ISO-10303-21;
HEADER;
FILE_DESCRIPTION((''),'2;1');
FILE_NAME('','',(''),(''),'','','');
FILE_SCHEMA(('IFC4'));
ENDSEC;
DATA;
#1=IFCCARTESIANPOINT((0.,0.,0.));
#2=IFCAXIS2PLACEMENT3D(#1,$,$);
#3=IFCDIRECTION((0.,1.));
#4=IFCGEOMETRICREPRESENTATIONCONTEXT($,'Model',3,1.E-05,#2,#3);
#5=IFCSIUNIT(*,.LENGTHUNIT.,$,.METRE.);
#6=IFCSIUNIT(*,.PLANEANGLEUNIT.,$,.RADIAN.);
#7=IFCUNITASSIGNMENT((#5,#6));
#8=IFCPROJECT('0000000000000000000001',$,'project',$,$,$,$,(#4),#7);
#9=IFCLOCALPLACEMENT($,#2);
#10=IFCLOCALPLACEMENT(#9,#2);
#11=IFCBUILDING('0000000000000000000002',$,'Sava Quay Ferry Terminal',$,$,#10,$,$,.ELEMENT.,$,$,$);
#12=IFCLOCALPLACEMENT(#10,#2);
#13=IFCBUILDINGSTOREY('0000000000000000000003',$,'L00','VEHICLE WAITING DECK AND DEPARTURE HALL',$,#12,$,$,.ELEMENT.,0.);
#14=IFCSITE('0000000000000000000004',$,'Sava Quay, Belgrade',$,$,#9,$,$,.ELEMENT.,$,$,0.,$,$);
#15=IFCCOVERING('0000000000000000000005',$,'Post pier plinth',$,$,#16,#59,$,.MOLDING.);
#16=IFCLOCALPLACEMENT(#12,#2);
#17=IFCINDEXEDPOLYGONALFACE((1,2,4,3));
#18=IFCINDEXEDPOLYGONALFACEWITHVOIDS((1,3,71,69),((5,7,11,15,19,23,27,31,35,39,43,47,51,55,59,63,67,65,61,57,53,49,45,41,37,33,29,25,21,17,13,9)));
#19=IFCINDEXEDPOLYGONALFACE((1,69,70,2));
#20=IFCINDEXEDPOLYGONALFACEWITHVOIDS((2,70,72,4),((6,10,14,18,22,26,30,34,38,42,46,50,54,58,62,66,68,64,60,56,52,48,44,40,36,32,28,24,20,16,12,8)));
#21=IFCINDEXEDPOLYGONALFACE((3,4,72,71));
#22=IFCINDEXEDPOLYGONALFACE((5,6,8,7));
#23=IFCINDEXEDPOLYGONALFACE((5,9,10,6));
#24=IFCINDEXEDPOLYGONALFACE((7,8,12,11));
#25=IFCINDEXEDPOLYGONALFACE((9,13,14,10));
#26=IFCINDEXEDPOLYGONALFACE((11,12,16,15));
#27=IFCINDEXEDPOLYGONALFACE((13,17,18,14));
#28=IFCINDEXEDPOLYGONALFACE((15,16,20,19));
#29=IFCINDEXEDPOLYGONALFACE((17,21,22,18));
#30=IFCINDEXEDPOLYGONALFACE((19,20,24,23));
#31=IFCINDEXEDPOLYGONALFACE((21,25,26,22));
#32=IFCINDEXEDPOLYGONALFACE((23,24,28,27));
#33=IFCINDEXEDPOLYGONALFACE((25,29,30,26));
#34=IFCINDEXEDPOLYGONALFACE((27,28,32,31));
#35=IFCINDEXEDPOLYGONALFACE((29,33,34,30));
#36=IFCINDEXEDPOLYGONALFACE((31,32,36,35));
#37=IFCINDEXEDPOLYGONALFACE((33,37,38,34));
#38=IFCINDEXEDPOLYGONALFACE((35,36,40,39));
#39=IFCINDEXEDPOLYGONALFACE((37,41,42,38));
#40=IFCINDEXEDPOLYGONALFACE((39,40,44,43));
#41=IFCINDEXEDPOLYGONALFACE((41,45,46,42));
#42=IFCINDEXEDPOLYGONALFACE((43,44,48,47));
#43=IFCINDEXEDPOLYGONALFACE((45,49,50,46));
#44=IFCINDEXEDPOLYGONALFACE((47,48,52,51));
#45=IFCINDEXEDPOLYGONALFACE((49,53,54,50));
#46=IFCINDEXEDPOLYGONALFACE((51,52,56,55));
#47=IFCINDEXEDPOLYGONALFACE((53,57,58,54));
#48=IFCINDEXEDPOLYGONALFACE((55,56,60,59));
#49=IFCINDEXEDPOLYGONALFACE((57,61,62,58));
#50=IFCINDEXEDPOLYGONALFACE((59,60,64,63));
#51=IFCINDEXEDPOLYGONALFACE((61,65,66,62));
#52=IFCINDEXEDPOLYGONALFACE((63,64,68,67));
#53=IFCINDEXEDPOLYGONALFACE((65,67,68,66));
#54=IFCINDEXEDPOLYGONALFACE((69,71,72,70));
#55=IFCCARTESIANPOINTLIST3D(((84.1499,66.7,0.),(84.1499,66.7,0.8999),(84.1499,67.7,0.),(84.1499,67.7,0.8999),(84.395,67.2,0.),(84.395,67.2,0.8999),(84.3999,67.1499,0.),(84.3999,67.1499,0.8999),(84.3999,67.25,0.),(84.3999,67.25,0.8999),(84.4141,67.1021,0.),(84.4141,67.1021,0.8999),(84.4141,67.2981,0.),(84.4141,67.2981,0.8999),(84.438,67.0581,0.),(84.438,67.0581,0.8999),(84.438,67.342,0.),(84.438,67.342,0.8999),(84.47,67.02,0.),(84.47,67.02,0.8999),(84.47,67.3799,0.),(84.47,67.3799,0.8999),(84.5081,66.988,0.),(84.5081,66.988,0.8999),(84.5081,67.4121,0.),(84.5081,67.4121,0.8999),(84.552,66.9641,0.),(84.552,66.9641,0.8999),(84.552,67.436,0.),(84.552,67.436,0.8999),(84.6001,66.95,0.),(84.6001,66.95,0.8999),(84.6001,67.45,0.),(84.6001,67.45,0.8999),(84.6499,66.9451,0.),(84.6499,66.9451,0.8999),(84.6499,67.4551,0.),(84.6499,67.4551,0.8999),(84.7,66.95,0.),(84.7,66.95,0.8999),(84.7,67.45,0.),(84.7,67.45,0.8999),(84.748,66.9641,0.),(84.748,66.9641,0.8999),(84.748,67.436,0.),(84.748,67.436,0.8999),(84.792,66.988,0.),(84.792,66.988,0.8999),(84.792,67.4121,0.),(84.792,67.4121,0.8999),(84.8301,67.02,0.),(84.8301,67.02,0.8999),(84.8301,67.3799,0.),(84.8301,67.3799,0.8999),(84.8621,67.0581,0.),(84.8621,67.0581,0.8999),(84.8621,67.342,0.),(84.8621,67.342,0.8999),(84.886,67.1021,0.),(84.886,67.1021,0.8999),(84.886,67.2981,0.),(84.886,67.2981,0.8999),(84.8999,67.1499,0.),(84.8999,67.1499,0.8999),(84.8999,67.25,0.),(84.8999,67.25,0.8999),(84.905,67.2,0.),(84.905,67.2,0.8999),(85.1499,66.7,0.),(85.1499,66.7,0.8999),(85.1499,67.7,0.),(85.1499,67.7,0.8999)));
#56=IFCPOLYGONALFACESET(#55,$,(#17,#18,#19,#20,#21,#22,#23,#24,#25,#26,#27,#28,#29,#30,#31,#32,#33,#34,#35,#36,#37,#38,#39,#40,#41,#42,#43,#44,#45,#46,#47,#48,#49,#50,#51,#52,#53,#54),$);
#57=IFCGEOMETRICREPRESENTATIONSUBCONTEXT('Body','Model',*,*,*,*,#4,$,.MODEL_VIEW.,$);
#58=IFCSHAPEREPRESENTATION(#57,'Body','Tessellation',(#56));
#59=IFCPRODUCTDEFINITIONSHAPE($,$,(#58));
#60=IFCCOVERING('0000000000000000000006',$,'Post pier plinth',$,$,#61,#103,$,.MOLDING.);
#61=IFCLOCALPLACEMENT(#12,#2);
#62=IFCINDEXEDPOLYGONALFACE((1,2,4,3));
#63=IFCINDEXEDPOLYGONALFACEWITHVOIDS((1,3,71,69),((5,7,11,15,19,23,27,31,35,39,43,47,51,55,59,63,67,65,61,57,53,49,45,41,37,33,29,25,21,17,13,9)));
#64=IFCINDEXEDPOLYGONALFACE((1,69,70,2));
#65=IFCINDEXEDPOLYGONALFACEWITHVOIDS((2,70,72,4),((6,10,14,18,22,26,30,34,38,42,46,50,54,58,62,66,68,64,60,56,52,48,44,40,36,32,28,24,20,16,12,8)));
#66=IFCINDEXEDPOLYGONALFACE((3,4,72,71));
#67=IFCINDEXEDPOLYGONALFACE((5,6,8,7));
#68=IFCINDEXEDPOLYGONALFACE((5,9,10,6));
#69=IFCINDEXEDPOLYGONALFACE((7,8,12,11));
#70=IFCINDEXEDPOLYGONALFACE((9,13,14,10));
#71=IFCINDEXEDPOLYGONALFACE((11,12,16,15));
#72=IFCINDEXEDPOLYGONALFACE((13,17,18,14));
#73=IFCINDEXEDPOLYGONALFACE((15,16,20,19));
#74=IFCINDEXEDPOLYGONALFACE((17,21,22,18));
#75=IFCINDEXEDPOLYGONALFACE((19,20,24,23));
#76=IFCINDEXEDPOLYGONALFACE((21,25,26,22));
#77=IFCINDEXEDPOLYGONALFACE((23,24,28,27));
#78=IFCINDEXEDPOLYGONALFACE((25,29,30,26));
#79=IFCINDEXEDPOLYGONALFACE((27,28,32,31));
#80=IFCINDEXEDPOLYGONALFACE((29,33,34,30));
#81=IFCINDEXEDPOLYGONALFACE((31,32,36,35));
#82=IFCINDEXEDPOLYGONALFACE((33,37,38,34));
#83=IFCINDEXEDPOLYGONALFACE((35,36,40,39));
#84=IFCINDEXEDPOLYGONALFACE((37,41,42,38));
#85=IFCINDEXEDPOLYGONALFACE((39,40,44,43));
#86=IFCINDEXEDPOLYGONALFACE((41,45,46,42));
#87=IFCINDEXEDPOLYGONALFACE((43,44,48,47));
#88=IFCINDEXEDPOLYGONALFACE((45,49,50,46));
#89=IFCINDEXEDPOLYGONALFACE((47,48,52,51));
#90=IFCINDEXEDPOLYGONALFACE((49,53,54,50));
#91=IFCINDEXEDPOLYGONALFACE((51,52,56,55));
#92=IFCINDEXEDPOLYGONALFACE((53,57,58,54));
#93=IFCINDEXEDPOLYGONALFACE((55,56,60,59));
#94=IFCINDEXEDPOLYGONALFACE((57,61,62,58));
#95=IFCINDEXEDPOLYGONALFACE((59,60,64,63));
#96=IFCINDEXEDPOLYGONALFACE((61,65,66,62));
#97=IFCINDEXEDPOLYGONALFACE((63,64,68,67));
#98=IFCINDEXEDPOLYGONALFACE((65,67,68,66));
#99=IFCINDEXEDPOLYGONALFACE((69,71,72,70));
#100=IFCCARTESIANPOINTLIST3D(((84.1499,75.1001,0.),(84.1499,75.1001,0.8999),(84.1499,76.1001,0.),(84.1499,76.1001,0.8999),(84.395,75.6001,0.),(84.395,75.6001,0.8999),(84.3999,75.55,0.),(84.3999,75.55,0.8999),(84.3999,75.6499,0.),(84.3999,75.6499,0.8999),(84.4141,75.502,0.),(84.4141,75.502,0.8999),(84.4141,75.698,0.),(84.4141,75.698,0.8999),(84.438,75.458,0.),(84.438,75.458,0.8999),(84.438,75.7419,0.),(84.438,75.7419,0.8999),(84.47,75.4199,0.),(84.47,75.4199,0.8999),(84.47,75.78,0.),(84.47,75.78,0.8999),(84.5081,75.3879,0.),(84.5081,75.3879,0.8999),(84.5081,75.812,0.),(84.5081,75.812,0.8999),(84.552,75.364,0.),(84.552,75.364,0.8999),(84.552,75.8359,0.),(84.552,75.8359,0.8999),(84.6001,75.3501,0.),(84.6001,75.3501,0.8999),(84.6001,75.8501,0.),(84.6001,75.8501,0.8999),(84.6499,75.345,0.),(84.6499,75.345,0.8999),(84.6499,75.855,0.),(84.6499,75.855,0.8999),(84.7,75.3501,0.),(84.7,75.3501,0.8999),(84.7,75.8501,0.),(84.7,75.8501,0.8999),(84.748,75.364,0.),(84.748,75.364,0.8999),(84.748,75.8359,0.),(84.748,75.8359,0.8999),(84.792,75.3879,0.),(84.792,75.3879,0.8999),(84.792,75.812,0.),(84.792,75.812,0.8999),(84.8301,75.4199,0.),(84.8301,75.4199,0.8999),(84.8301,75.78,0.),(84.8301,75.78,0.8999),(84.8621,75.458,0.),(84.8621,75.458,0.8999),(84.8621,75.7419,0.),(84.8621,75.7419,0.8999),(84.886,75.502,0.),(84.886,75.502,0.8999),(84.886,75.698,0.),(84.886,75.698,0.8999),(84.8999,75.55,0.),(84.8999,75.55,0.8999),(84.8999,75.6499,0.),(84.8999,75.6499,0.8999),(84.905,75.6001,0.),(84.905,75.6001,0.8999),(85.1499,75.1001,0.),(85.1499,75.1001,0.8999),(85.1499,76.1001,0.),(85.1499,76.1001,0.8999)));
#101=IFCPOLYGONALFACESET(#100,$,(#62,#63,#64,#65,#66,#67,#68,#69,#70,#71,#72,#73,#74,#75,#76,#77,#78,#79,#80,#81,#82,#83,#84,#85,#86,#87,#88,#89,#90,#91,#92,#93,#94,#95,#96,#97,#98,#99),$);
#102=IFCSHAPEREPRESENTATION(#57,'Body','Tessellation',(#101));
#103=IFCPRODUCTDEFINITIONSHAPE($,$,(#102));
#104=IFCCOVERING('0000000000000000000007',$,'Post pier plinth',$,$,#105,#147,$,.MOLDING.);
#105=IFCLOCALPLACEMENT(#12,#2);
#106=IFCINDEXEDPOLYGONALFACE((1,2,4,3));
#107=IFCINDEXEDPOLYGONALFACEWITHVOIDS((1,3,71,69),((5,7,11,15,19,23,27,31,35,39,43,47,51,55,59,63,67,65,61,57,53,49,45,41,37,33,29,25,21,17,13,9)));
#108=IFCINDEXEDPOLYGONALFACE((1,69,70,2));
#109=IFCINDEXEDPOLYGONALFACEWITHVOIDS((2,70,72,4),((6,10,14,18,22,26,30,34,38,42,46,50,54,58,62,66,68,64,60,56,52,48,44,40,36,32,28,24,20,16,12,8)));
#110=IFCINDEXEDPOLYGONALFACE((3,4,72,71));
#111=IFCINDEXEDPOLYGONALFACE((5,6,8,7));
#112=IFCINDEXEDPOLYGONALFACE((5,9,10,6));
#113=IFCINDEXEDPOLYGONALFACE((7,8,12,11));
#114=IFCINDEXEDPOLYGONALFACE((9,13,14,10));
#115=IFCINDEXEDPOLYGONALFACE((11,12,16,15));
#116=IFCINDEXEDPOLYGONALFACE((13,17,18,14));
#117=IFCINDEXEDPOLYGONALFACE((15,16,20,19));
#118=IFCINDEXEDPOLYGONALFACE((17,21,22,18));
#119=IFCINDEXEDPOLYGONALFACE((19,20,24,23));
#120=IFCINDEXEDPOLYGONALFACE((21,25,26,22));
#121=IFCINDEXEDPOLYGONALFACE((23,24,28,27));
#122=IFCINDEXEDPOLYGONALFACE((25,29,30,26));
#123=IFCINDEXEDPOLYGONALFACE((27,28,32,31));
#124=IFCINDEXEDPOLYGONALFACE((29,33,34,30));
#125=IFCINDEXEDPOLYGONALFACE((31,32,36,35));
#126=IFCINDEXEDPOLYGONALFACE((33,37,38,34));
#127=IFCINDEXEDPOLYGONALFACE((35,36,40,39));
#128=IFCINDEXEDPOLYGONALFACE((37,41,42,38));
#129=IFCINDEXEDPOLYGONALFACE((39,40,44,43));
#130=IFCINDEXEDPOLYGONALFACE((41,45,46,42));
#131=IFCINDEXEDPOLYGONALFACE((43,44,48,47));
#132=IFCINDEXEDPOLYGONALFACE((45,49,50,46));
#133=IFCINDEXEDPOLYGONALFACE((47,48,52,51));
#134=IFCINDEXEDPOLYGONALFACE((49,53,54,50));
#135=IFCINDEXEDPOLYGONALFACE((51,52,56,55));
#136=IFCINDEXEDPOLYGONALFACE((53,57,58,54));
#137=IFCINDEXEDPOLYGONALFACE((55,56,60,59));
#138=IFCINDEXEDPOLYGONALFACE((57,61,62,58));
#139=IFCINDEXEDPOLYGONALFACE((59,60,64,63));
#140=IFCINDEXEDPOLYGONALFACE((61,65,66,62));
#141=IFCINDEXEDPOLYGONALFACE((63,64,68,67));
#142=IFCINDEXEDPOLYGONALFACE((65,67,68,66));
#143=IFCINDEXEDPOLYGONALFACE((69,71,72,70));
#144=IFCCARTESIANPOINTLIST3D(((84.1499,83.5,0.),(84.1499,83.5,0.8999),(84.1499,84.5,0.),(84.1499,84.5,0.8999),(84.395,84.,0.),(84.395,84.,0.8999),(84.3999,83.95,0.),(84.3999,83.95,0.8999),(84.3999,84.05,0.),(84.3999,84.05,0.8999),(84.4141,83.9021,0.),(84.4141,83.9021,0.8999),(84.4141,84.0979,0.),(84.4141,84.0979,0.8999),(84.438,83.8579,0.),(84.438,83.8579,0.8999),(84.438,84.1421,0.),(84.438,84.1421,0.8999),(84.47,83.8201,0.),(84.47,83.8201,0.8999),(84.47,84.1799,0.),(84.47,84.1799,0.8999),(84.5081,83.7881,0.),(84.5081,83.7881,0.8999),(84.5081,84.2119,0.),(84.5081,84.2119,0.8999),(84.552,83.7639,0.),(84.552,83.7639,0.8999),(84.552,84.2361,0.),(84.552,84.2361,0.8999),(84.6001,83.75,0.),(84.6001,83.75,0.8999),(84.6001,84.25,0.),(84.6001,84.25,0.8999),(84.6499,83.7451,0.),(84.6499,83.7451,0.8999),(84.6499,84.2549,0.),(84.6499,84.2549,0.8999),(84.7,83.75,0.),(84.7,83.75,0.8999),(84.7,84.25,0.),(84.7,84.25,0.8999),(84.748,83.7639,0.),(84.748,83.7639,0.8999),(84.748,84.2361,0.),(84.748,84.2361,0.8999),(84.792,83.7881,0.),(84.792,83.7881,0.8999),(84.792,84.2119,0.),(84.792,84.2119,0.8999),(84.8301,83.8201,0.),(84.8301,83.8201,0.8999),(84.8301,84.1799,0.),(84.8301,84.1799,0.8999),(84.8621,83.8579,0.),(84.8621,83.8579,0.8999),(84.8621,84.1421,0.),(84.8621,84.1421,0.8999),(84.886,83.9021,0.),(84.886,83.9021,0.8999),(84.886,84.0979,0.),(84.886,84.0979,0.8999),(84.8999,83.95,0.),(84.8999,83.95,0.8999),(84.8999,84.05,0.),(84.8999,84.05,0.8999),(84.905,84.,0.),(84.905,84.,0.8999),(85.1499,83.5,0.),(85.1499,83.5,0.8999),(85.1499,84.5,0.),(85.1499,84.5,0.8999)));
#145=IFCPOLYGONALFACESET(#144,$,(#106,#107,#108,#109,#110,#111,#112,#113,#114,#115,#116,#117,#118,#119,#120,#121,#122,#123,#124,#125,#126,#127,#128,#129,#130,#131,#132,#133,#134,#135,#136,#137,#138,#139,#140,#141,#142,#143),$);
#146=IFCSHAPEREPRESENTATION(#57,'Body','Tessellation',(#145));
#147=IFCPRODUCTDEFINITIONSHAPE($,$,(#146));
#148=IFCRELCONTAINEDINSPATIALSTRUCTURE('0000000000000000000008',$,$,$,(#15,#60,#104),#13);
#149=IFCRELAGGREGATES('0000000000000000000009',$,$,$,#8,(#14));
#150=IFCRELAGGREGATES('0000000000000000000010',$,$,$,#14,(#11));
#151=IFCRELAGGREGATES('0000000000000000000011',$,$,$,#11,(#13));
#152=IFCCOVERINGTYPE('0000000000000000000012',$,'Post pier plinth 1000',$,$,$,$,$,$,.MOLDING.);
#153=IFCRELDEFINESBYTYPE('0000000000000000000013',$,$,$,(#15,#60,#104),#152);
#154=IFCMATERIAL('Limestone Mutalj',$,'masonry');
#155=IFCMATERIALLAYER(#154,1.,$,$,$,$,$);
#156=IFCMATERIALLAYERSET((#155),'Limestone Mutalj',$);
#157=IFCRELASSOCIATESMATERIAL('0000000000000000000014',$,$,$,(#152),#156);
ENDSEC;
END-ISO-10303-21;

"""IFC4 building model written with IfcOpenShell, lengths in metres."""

from ifc_helpers import new_model, si_unit, direction, origin, place, context, subcontext, project, spatial, polyline, outline, extrude, material, layer, layer_set, type_object, element, save


model = new_model("IFC4")

# Units and contexts
model_context = context("Model", 3, precision=1e-05, world=origin(), true_north=direction((0.0, 1.0)))
body_context = subcontext(model_context, "Body", "Model", "MODEL_VIEW")
ifc_project = project(units=[si_unit("LENGTHUNIT", "METRE"), si_unit("PLANEANGLEUNIT", "RADIAN")], contexts=[model_context])

# Site, building, storey
site_placement = place(None, origin())
site = spatial("IfcSite", under=ifc_project, at=site_placement, Name="Sava Quay, Belgrade", CompositionType="ELEMENT", RefElevation=0.0)
building_placement = place(site_placement, origin())
building = spatial("IfcBuilding", under=site, at=building_placement, Name="Sava Quay Ferry Terminal", CompositionType="ELEMENT")
storey_placement = place(building_placement, origin())
storey = spatial("IfcBuildingStorey", under=building, at=storey_placement, Name="L00", Description="VEHICLE WAITING DECK AND DEPARTURE HALL", CompositionType="ELEMENT", Elevation=0.0)

# Coverings
ifc_material_1 = material(Name="Limestone Mutalj", Category="masonry")
ifc_layer_1 = layer(ifc_material_1, 1.0)
ifc_layer_set_1 = layer_set([ifc_layer_1], Name="Limestone Mutalj")
covering_type_1 = type_object("IfcCoveringType", Name="Post pier plinth 1000", PredefinedType="MOLDING", material=ifc_layer_set_1)
covering_1_placement = place(storey_placement, origin())
element("IfcCovering", 1, at=covering_1_placement, inside=storey, type_object=covering_type_1, Name="Post pier plinth", PredefinedType="MOLDING", context=body_context, shape_type="SweptSolid", body=[
    extrude(outline(polyline([(84.1499, 66.7), (85.1499, 66.7), (85.1499, 67.7), (84.1499, 67.7), (84.1499, 66.7)]), holes=[polyline([(84.8999, 67.25), (84.905, 67.2), (84.8999, 67.1499), (84.886, 67.1021), (84.8621, 67.0581), (84.8301, 67.02), (84.792, 66.988), (84.748, 66.9641), (84.7, 66.95), (84.6499, 66.9451), (84.6001, 66.95), (84.552, 66.9641), (84.5081, 66.988), (84.47, 67.02), (84.438, 67.0581), (84.4141, 67.1021), (84.3999, 67.1499), (84.395, 67.2), (84.3999, 67.25), (84.4141, 67.2981), (84.438, 67.342), (84.47, 67.3799), (84.5081, 67.4121), (84.552, 67.436), (84.6001, 67.45), (84.6499, 67.4551), (84.7, 67.45), (84.748, 67.436), (84.792, 67.4121), (84.8301, 67.3799), (84.8621, 67.342), (84.886, 67.2981), (84.8999, 67.25)])]), origin(), (0.0, 0.0, 1.0), 0.8999),
])
covering_2_placement = place(storey_placement, origin())
element("IfcCovering", 2, at=covering_2_placement, inside=storey, type_object=covering_type_1, Name="Post pier plinth", PredefinedType="MOLDING", context=body_context, shape_type="SweptSolid", body=[
    extrude(outline(polyline([(84.1499, 75.1001), (85.1499, 75.1001), (85.1499, 76.1001), (84.1499, 76.1001), (84.1499, 75.1001)]), holes=[polyline([(84.8999, 75.6499), (84.905, 75.6001), (84.8999, 75.55), (84.886, 75.502), (84.8621, 75.458), (84.8301, 75.4199), (84.792, 75.3879), (84.748, 75.364), (84.7, 75.3501), (84.6499, 75.345), (84.6001, 75.3501), (84.552, 75.364), (84.5081, 75.3879), (84.47, 75.4199), (84.438, 75.458), (84.4141, 75.502), (84.3999, 75.55), (84.395, 75.6001), (84.3999, 75.6499), (84.4141, 75.698), (84.438, 75.7419), (84.47, 75.78), (84.5081, 75.812), (84.552, 75.8359), (84.6001, 75.8501), (84.6499, 75.855), (84.7, 75.8501), (84.748, 75.8359), (84.792, 75.812), (84.8301, 75.78), (84.8621, 75.7419), (84.886, 75.698), (84.8999, 75.6499)])]), origin(), (0.0, 0.0, 1.0), 0.8999),
])
covering_3_placement = place(storey_placement, origin())
element("IfcCovering", 3, at=covering_3_placement, inside=storey, type_object=covering_type_1, Name="Post pier plinth", PredefinedType="MOLDING", context=body_context, shape_type="SweptSolid", body=[
    extrude(outline(polyline([(84.1499, 83.5), (85.1499, 83.5), (85.1499, 84.5), (84.1499, 84.5), (84.1499, 83.5)]), holes=[polyline([(84.8999, 84.05), (84.905, 84.0), (84.8999, 83.95), (84.886, 83.9021), (84.8621, 83.8579), (84.8301, 83.8201), (84.792, 83.7881), (84.748, 83.7639), (84.7, 83.75), (84.6499, 83.7451), (84.6001, 83.75), (84.552, 83.7639), (84.5081, 83.7881), (84.47, 83.8201), (84.438, 83.8579), (84.4141, 83.9021), (84.3999, 83.95), (84.395, 84.0), (84.3999, 84.05), (84.4141, 84.0979), (84.438, 84.1421), (84.47, 84.1799), (84.5081, 84.2119), (84.552, 84.2361), (84.6001, 84.25), (84.6499, 84.2549), (84.7, 84.25), (84.748, 84.2361), (84.792, 84.2119), (84.8301, 84.1799), (84.8621, 84.1421), (84.886, 84.0979), (84.8999, 84.05)])]), origin(), (0.0, 0.0, 1.0), 0.8999),
])

save(model, "model.ifc")
